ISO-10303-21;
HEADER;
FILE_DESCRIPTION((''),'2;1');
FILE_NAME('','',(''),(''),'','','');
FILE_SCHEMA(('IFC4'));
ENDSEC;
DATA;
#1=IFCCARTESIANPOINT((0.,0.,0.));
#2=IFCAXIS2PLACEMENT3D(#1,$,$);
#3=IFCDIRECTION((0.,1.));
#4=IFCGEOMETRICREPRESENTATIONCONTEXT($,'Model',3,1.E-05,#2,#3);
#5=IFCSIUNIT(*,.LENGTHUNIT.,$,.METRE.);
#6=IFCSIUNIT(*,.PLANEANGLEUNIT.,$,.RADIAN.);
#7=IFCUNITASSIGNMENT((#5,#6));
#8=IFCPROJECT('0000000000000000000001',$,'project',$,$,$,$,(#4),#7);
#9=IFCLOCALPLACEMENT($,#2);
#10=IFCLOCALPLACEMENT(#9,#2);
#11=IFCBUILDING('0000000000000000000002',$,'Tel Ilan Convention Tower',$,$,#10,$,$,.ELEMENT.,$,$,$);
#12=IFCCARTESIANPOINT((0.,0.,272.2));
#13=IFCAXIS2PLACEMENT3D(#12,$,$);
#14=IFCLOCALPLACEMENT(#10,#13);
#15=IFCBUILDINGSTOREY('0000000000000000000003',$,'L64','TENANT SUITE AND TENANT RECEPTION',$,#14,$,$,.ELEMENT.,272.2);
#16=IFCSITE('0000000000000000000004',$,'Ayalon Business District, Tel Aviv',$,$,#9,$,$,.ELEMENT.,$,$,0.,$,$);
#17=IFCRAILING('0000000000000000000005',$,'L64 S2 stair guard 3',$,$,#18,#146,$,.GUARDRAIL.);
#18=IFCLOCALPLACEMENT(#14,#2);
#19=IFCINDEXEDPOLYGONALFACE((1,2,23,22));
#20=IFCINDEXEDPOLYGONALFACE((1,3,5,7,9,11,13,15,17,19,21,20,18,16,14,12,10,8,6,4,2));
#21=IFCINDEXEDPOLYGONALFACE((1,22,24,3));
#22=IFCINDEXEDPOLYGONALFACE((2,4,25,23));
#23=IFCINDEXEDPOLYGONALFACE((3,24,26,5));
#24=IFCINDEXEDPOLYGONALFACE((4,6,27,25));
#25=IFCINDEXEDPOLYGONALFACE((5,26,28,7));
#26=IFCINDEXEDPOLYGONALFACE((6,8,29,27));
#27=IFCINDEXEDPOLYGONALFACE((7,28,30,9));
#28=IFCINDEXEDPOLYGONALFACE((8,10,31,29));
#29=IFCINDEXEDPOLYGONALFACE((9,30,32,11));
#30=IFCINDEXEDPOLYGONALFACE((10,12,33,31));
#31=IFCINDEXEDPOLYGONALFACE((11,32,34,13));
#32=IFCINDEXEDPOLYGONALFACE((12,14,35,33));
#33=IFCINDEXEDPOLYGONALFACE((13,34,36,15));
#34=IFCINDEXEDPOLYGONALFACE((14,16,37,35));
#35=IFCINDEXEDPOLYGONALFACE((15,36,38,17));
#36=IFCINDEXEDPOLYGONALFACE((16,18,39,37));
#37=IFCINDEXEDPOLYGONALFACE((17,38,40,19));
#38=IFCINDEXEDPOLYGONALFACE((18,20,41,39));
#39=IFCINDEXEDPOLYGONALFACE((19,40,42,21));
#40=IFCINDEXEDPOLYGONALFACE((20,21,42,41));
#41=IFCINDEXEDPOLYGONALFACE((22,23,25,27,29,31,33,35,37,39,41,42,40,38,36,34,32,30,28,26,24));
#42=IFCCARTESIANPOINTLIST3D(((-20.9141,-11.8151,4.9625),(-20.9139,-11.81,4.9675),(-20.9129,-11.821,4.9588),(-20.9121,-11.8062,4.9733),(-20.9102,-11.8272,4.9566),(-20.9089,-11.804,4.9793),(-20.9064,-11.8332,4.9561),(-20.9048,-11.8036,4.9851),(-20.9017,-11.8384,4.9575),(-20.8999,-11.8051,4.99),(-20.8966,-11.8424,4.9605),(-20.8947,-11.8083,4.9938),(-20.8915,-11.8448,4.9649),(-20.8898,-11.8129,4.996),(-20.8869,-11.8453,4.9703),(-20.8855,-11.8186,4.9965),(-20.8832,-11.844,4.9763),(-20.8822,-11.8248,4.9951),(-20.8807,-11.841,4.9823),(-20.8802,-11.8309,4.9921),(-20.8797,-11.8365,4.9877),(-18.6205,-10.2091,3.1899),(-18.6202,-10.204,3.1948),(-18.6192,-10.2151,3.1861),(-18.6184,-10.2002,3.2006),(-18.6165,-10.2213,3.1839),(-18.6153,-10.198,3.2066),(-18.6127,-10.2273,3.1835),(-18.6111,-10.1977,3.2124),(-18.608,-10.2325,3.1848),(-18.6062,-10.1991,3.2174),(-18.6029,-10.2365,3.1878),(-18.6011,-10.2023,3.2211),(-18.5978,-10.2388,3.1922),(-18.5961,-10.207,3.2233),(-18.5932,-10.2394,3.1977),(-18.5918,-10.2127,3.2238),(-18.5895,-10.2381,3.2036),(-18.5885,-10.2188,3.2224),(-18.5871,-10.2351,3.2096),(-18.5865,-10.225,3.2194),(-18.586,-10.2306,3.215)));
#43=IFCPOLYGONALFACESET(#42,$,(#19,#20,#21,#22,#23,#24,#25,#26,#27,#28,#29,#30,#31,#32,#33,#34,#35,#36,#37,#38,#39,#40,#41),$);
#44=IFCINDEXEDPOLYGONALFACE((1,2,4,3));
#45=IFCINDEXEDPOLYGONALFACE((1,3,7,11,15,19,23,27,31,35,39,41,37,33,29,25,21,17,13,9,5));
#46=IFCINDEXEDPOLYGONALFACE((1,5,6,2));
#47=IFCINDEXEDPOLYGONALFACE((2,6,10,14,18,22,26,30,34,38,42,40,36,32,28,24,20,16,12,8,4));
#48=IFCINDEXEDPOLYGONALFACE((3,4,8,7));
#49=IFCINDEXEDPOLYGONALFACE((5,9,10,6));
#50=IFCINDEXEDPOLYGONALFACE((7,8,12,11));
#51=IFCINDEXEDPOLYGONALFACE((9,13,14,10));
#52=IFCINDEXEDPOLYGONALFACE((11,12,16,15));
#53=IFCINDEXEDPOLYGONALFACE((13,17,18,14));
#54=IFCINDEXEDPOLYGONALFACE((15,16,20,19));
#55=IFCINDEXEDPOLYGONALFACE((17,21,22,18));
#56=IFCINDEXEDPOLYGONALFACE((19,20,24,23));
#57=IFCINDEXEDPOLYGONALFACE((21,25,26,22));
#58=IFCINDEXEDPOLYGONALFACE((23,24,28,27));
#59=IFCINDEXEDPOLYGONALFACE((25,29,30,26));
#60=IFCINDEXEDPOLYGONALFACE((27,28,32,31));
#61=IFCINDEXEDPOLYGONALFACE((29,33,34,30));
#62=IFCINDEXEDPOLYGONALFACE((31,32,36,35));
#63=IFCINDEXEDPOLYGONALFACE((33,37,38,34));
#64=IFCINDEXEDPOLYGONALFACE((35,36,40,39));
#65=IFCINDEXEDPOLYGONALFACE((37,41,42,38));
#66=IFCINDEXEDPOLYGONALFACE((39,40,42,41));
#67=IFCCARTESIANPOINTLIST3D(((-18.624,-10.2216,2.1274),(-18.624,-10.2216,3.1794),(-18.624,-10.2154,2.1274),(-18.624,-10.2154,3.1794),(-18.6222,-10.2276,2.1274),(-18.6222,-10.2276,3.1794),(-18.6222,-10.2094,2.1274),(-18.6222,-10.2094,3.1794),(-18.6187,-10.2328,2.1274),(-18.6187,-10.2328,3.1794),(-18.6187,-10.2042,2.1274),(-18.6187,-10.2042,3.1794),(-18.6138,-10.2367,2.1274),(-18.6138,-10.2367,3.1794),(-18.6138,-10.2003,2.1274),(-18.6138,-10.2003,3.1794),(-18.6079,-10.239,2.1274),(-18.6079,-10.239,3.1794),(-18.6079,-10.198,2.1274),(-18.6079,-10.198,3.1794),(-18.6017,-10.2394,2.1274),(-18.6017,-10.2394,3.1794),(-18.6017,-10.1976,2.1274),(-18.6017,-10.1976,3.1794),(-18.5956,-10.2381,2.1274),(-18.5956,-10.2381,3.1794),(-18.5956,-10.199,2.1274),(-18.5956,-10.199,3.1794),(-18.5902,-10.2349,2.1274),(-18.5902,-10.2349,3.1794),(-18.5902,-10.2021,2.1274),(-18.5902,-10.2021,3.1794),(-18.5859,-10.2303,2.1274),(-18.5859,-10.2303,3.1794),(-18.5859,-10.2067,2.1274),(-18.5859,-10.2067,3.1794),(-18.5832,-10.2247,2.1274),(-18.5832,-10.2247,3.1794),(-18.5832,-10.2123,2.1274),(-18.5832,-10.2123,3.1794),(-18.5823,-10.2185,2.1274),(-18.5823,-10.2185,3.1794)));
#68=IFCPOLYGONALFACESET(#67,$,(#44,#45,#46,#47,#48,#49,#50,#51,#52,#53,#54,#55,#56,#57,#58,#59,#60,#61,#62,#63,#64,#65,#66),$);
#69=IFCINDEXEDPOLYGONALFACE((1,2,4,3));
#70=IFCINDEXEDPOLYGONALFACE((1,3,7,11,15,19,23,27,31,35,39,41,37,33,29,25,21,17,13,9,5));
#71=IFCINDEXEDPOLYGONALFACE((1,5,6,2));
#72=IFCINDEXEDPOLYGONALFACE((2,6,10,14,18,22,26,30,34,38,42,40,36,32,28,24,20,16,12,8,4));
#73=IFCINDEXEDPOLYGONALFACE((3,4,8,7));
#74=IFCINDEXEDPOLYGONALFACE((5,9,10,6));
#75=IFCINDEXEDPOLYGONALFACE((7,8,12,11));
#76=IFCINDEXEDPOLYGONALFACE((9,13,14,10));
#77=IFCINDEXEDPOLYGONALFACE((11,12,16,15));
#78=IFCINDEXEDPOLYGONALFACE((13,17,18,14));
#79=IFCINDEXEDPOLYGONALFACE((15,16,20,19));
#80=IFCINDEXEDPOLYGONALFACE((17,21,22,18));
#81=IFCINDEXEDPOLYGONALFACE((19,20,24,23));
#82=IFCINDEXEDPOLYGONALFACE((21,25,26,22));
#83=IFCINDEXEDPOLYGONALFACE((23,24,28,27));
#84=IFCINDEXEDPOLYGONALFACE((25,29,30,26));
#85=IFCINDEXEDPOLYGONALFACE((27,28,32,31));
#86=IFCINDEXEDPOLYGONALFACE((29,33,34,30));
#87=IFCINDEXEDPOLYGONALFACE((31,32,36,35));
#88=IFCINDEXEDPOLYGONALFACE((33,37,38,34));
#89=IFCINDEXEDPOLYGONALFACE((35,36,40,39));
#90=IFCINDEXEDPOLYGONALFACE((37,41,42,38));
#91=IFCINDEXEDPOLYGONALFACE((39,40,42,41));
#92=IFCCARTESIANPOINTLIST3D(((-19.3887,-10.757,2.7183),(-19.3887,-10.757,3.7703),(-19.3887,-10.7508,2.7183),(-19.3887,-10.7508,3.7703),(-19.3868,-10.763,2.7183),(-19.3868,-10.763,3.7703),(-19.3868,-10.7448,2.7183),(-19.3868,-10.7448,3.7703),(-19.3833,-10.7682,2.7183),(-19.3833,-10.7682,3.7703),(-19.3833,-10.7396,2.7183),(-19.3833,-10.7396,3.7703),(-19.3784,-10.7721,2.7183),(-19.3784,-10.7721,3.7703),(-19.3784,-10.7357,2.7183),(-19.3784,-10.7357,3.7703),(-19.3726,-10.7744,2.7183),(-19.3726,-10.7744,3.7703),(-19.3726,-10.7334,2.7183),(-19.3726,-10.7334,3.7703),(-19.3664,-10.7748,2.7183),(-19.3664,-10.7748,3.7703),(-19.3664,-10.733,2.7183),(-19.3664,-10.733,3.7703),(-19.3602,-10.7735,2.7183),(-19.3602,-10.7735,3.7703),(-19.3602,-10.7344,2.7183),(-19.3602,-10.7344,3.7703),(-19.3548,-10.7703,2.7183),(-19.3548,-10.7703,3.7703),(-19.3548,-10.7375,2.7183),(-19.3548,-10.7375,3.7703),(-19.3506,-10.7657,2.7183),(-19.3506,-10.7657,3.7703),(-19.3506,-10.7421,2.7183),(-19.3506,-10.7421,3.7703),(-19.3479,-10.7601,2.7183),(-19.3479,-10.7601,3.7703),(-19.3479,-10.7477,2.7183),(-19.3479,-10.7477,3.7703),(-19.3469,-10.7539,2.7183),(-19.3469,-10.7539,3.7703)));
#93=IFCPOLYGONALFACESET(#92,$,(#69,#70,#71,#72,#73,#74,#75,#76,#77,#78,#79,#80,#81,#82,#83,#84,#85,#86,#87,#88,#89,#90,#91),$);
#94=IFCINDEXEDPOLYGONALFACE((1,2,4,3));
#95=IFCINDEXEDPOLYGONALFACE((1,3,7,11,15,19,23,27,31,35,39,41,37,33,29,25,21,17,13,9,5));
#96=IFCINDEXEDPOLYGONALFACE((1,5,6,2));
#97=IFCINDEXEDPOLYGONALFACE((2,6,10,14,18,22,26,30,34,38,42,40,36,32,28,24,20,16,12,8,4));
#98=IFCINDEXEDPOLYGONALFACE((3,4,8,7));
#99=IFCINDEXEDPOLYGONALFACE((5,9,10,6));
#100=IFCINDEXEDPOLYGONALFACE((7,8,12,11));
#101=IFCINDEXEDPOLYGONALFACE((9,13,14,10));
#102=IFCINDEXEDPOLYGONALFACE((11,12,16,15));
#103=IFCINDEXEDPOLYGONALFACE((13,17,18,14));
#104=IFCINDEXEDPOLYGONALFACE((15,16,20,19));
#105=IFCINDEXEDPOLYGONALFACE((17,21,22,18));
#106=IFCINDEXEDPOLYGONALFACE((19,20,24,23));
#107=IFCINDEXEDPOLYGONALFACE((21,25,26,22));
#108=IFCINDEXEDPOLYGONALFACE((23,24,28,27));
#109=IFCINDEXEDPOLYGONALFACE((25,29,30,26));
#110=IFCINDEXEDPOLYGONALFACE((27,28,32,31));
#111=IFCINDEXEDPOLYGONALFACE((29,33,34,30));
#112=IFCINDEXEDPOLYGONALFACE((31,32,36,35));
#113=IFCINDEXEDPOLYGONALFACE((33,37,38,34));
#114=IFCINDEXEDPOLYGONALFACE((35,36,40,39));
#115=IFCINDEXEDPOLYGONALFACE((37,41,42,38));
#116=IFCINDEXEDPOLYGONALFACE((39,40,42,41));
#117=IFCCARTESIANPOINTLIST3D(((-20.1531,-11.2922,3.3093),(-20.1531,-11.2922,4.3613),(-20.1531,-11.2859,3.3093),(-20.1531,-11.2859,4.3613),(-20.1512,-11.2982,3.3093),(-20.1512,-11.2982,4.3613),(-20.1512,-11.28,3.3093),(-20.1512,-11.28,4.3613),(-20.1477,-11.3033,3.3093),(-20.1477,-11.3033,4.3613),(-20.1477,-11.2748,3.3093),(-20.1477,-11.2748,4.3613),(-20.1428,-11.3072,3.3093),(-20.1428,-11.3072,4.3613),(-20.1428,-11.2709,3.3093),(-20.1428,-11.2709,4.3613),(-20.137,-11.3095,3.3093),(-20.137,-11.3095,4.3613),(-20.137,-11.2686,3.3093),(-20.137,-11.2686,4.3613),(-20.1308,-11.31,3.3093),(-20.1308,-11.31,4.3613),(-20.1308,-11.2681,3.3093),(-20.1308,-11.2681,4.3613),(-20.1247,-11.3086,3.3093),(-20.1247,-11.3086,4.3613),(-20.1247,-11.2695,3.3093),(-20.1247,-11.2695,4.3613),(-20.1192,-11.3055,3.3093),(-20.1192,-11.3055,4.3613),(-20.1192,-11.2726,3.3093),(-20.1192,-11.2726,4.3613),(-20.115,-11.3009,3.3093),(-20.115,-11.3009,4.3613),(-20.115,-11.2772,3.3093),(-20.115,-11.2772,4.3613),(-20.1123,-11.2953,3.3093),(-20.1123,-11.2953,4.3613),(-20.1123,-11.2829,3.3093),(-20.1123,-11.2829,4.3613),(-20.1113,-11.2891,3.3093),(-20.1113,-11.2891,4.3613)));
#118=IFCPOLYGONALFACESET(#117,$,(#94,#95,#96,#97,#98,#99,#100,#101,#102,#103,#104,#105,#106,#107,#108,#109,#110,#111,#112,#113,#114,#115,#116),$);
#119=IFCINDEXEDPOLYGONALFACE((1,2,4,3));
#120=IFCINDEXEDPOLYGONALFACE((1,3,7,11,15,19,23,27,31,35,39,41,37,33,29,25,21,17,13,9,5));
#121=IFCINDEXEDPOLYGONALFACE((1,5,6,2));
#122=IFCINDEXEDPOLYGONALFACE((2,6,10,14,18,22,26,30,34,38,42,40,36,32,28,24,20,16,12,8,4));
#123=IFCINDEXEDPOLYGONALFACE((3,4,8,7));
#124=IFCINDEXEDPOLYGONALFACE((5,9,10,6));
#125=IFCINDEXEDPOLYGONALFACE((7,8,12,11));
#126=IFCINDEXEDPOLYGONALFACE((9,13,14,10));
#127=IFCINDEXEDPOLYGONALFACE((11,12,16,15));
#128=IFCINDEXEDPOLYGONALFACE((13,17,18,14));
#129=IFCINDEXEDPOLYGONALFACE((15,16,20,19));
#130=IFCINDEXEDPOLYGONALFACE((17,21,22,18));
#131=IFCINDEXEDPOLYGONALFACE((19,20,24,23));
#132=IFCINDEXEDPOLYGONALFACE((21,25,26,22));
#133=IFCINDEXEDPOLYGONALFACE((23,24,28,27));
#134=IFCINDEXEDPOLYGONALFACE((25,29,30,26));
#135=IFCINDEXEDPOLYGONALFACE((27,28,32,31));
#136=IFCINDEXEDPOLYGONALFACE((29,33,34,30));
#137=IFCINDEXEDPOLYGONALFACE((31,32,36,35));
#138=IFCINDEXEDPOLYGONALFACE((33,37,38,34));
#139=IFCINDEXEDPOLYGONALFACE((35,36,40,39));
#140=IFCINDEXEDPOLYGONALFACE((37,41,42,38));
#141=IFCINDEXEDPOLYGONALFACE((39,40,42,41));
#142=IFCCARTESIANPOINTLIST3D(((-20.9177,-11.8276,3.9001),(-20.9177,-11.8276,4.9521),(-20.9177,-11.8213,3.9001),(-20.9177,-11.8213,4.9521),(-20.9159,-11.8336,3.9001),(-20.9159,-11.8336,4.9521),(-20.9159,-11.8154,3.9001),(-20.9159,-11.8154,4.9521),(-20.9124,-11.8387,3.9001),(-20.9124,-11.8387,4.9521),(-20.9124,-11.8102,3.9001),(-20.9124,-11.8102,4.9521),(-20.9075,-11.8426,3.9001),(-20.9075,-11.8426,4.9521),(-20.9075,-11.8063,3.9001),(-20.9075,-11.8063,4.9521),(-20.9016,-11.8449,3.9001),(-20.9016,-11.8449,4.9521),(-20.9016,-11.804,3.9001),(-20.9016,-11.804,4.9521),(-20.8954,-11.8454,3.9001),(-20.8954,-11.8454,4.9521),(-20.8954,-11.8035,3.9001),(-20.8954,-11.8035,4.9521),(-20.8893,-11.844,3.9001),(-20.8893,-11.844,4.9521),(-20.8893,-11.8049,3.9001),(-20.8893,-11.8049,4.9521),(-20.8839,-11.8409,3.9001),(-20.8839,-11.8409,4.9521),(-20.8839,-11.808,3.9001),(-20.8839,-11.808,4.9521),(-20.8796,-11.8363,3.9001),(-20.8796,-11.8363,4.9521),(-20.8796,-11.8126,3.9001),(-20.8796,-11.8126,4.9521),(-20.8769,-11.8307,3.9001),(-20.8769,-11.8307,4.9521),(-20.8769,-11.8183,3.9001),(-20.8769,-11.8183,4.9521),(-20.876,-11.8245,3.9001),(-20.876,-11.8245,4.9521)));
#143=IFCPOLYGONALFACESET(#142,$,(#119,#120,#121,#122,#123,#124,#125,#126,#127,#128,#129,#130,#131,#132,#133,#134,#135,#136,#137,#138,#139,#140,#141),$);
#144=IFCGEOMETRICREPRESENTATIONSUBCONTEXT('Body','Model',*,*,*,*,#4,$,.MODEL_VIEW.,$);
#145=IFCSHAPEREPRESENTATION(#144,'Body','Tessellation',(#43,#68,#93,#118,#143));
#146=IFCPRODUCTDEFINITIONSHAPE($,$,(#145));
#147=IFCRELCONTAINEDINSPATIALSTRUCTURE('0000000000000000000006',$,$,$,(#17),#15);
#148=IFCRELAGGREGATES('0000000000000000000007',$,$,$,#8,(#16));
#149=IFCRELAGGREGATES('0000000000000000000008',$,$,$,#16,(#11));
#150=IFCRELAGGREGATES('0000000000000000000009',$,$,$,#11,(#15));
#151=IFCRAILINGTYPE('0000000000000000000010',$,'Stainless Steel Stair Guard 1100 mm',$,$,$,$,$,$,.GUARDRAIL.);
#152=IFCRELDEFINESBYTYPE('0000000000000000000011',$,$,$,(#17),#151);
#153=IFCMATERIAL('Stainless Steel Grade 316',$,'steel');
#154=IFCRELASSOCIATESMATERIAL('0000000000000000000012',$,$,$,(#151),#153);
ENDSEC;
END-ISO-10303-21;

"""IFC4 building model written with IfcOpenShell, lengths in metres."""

from ifc_helpers import new_model, si_unit, direction, frame, origin, origin_2d, place, context, subcontext, project, spatial, circle, extrude, material, type_object, element, save


model = new_model("IFC4")

# Units and contexts
model_context = context("Model", 3, precision=1e-05, world=origin(), true_north=direction((0.0, 1.0)))
body_context = subcontext(model_context, "Body", "Model", "MODEL_VIEW")
ifc_project = project(units=[si_unit("LENGTHUNIT", "METRE"), si_unit("PLANEANGLEUNIT", "RADIAN")], contexts=[model_context])

# Site, building, storey
site_placement = place(None, origin())
site = spatial("IfcSite", under=ifc_project, at=site_placement, Name="Ayalon Business District, Tel Aviv", CompositionType="ELEMENT", RefElevation=0.0)
building_placement = place(site_placement, origin())
building = spatial("IfcBuilding", under=site, at=building_placement, Name="Tel Ilan Convention Tower", CompositionType="ELEMENT")
storey_placement = place(building_placement, frame((0.0, 0.0, 272.2)))
storey = spatial("IfcBuildingStorey", under=building, at=storey_placement, Name="L64", Description="TENANT SUITE AND TENANT RECEPTION", CompositionType="ELEMENT", Elevation=272.2)

# Railing
ifc_material_1 = material(Name="Stainless Steel Grade 316", Category="steel")
railing_type_1 = type_object("IfcRailingType", Name="Stainless Steel Stair Guard 1100 mm", PredefinedType="GUARDRAIL", material=ifc_material_1)
railing_1_placement = place(storey_placement, frame((-18.6033, -10.2185, 2.1274)))
element("IfcRailing", 1, at=railing_1_placement, inside=storey, type_object=railing_type_1, Name="L64 S2 stair guard 3", PredefinedType="GUARDRAIL", context=body_context, shape_type="SweptSolid", body=[
    extrude(circle(Radius=0.0239, at=origin_2d()), frame((0.0, 0.0, 1.0762), z_axis=(-0.692123, -0.484597, 0.534913), x_axis=(0.57355, -0.81917, 0.0)), (0.0, 0.0, 1.0), 3.314),
    extrude(circle(Radius=0.021, at=origin_2d()), origin(), (0.0, 0.0, 1.0), 1.052),
    extrude(circle(Radius=0.021, at=origin_2d()), frame((-0.7646, -0.5354, 0.5908)), (0.0, 0.0, 1.0), 1.052),
    extrude(circle(Radius=0.021, at=origin_2d()), frame((-1.5291, -1.0706, 1.1819)), (0.0, 0.0, 1.0), 1.052),
    extrude(circle(Radius=0.021, at=origin_2d()), frame((-2.2937, -1.606, 1.7727)), (0.0, 0.0, 1.0), 1.052),
])

save(model, "model.ifc")
